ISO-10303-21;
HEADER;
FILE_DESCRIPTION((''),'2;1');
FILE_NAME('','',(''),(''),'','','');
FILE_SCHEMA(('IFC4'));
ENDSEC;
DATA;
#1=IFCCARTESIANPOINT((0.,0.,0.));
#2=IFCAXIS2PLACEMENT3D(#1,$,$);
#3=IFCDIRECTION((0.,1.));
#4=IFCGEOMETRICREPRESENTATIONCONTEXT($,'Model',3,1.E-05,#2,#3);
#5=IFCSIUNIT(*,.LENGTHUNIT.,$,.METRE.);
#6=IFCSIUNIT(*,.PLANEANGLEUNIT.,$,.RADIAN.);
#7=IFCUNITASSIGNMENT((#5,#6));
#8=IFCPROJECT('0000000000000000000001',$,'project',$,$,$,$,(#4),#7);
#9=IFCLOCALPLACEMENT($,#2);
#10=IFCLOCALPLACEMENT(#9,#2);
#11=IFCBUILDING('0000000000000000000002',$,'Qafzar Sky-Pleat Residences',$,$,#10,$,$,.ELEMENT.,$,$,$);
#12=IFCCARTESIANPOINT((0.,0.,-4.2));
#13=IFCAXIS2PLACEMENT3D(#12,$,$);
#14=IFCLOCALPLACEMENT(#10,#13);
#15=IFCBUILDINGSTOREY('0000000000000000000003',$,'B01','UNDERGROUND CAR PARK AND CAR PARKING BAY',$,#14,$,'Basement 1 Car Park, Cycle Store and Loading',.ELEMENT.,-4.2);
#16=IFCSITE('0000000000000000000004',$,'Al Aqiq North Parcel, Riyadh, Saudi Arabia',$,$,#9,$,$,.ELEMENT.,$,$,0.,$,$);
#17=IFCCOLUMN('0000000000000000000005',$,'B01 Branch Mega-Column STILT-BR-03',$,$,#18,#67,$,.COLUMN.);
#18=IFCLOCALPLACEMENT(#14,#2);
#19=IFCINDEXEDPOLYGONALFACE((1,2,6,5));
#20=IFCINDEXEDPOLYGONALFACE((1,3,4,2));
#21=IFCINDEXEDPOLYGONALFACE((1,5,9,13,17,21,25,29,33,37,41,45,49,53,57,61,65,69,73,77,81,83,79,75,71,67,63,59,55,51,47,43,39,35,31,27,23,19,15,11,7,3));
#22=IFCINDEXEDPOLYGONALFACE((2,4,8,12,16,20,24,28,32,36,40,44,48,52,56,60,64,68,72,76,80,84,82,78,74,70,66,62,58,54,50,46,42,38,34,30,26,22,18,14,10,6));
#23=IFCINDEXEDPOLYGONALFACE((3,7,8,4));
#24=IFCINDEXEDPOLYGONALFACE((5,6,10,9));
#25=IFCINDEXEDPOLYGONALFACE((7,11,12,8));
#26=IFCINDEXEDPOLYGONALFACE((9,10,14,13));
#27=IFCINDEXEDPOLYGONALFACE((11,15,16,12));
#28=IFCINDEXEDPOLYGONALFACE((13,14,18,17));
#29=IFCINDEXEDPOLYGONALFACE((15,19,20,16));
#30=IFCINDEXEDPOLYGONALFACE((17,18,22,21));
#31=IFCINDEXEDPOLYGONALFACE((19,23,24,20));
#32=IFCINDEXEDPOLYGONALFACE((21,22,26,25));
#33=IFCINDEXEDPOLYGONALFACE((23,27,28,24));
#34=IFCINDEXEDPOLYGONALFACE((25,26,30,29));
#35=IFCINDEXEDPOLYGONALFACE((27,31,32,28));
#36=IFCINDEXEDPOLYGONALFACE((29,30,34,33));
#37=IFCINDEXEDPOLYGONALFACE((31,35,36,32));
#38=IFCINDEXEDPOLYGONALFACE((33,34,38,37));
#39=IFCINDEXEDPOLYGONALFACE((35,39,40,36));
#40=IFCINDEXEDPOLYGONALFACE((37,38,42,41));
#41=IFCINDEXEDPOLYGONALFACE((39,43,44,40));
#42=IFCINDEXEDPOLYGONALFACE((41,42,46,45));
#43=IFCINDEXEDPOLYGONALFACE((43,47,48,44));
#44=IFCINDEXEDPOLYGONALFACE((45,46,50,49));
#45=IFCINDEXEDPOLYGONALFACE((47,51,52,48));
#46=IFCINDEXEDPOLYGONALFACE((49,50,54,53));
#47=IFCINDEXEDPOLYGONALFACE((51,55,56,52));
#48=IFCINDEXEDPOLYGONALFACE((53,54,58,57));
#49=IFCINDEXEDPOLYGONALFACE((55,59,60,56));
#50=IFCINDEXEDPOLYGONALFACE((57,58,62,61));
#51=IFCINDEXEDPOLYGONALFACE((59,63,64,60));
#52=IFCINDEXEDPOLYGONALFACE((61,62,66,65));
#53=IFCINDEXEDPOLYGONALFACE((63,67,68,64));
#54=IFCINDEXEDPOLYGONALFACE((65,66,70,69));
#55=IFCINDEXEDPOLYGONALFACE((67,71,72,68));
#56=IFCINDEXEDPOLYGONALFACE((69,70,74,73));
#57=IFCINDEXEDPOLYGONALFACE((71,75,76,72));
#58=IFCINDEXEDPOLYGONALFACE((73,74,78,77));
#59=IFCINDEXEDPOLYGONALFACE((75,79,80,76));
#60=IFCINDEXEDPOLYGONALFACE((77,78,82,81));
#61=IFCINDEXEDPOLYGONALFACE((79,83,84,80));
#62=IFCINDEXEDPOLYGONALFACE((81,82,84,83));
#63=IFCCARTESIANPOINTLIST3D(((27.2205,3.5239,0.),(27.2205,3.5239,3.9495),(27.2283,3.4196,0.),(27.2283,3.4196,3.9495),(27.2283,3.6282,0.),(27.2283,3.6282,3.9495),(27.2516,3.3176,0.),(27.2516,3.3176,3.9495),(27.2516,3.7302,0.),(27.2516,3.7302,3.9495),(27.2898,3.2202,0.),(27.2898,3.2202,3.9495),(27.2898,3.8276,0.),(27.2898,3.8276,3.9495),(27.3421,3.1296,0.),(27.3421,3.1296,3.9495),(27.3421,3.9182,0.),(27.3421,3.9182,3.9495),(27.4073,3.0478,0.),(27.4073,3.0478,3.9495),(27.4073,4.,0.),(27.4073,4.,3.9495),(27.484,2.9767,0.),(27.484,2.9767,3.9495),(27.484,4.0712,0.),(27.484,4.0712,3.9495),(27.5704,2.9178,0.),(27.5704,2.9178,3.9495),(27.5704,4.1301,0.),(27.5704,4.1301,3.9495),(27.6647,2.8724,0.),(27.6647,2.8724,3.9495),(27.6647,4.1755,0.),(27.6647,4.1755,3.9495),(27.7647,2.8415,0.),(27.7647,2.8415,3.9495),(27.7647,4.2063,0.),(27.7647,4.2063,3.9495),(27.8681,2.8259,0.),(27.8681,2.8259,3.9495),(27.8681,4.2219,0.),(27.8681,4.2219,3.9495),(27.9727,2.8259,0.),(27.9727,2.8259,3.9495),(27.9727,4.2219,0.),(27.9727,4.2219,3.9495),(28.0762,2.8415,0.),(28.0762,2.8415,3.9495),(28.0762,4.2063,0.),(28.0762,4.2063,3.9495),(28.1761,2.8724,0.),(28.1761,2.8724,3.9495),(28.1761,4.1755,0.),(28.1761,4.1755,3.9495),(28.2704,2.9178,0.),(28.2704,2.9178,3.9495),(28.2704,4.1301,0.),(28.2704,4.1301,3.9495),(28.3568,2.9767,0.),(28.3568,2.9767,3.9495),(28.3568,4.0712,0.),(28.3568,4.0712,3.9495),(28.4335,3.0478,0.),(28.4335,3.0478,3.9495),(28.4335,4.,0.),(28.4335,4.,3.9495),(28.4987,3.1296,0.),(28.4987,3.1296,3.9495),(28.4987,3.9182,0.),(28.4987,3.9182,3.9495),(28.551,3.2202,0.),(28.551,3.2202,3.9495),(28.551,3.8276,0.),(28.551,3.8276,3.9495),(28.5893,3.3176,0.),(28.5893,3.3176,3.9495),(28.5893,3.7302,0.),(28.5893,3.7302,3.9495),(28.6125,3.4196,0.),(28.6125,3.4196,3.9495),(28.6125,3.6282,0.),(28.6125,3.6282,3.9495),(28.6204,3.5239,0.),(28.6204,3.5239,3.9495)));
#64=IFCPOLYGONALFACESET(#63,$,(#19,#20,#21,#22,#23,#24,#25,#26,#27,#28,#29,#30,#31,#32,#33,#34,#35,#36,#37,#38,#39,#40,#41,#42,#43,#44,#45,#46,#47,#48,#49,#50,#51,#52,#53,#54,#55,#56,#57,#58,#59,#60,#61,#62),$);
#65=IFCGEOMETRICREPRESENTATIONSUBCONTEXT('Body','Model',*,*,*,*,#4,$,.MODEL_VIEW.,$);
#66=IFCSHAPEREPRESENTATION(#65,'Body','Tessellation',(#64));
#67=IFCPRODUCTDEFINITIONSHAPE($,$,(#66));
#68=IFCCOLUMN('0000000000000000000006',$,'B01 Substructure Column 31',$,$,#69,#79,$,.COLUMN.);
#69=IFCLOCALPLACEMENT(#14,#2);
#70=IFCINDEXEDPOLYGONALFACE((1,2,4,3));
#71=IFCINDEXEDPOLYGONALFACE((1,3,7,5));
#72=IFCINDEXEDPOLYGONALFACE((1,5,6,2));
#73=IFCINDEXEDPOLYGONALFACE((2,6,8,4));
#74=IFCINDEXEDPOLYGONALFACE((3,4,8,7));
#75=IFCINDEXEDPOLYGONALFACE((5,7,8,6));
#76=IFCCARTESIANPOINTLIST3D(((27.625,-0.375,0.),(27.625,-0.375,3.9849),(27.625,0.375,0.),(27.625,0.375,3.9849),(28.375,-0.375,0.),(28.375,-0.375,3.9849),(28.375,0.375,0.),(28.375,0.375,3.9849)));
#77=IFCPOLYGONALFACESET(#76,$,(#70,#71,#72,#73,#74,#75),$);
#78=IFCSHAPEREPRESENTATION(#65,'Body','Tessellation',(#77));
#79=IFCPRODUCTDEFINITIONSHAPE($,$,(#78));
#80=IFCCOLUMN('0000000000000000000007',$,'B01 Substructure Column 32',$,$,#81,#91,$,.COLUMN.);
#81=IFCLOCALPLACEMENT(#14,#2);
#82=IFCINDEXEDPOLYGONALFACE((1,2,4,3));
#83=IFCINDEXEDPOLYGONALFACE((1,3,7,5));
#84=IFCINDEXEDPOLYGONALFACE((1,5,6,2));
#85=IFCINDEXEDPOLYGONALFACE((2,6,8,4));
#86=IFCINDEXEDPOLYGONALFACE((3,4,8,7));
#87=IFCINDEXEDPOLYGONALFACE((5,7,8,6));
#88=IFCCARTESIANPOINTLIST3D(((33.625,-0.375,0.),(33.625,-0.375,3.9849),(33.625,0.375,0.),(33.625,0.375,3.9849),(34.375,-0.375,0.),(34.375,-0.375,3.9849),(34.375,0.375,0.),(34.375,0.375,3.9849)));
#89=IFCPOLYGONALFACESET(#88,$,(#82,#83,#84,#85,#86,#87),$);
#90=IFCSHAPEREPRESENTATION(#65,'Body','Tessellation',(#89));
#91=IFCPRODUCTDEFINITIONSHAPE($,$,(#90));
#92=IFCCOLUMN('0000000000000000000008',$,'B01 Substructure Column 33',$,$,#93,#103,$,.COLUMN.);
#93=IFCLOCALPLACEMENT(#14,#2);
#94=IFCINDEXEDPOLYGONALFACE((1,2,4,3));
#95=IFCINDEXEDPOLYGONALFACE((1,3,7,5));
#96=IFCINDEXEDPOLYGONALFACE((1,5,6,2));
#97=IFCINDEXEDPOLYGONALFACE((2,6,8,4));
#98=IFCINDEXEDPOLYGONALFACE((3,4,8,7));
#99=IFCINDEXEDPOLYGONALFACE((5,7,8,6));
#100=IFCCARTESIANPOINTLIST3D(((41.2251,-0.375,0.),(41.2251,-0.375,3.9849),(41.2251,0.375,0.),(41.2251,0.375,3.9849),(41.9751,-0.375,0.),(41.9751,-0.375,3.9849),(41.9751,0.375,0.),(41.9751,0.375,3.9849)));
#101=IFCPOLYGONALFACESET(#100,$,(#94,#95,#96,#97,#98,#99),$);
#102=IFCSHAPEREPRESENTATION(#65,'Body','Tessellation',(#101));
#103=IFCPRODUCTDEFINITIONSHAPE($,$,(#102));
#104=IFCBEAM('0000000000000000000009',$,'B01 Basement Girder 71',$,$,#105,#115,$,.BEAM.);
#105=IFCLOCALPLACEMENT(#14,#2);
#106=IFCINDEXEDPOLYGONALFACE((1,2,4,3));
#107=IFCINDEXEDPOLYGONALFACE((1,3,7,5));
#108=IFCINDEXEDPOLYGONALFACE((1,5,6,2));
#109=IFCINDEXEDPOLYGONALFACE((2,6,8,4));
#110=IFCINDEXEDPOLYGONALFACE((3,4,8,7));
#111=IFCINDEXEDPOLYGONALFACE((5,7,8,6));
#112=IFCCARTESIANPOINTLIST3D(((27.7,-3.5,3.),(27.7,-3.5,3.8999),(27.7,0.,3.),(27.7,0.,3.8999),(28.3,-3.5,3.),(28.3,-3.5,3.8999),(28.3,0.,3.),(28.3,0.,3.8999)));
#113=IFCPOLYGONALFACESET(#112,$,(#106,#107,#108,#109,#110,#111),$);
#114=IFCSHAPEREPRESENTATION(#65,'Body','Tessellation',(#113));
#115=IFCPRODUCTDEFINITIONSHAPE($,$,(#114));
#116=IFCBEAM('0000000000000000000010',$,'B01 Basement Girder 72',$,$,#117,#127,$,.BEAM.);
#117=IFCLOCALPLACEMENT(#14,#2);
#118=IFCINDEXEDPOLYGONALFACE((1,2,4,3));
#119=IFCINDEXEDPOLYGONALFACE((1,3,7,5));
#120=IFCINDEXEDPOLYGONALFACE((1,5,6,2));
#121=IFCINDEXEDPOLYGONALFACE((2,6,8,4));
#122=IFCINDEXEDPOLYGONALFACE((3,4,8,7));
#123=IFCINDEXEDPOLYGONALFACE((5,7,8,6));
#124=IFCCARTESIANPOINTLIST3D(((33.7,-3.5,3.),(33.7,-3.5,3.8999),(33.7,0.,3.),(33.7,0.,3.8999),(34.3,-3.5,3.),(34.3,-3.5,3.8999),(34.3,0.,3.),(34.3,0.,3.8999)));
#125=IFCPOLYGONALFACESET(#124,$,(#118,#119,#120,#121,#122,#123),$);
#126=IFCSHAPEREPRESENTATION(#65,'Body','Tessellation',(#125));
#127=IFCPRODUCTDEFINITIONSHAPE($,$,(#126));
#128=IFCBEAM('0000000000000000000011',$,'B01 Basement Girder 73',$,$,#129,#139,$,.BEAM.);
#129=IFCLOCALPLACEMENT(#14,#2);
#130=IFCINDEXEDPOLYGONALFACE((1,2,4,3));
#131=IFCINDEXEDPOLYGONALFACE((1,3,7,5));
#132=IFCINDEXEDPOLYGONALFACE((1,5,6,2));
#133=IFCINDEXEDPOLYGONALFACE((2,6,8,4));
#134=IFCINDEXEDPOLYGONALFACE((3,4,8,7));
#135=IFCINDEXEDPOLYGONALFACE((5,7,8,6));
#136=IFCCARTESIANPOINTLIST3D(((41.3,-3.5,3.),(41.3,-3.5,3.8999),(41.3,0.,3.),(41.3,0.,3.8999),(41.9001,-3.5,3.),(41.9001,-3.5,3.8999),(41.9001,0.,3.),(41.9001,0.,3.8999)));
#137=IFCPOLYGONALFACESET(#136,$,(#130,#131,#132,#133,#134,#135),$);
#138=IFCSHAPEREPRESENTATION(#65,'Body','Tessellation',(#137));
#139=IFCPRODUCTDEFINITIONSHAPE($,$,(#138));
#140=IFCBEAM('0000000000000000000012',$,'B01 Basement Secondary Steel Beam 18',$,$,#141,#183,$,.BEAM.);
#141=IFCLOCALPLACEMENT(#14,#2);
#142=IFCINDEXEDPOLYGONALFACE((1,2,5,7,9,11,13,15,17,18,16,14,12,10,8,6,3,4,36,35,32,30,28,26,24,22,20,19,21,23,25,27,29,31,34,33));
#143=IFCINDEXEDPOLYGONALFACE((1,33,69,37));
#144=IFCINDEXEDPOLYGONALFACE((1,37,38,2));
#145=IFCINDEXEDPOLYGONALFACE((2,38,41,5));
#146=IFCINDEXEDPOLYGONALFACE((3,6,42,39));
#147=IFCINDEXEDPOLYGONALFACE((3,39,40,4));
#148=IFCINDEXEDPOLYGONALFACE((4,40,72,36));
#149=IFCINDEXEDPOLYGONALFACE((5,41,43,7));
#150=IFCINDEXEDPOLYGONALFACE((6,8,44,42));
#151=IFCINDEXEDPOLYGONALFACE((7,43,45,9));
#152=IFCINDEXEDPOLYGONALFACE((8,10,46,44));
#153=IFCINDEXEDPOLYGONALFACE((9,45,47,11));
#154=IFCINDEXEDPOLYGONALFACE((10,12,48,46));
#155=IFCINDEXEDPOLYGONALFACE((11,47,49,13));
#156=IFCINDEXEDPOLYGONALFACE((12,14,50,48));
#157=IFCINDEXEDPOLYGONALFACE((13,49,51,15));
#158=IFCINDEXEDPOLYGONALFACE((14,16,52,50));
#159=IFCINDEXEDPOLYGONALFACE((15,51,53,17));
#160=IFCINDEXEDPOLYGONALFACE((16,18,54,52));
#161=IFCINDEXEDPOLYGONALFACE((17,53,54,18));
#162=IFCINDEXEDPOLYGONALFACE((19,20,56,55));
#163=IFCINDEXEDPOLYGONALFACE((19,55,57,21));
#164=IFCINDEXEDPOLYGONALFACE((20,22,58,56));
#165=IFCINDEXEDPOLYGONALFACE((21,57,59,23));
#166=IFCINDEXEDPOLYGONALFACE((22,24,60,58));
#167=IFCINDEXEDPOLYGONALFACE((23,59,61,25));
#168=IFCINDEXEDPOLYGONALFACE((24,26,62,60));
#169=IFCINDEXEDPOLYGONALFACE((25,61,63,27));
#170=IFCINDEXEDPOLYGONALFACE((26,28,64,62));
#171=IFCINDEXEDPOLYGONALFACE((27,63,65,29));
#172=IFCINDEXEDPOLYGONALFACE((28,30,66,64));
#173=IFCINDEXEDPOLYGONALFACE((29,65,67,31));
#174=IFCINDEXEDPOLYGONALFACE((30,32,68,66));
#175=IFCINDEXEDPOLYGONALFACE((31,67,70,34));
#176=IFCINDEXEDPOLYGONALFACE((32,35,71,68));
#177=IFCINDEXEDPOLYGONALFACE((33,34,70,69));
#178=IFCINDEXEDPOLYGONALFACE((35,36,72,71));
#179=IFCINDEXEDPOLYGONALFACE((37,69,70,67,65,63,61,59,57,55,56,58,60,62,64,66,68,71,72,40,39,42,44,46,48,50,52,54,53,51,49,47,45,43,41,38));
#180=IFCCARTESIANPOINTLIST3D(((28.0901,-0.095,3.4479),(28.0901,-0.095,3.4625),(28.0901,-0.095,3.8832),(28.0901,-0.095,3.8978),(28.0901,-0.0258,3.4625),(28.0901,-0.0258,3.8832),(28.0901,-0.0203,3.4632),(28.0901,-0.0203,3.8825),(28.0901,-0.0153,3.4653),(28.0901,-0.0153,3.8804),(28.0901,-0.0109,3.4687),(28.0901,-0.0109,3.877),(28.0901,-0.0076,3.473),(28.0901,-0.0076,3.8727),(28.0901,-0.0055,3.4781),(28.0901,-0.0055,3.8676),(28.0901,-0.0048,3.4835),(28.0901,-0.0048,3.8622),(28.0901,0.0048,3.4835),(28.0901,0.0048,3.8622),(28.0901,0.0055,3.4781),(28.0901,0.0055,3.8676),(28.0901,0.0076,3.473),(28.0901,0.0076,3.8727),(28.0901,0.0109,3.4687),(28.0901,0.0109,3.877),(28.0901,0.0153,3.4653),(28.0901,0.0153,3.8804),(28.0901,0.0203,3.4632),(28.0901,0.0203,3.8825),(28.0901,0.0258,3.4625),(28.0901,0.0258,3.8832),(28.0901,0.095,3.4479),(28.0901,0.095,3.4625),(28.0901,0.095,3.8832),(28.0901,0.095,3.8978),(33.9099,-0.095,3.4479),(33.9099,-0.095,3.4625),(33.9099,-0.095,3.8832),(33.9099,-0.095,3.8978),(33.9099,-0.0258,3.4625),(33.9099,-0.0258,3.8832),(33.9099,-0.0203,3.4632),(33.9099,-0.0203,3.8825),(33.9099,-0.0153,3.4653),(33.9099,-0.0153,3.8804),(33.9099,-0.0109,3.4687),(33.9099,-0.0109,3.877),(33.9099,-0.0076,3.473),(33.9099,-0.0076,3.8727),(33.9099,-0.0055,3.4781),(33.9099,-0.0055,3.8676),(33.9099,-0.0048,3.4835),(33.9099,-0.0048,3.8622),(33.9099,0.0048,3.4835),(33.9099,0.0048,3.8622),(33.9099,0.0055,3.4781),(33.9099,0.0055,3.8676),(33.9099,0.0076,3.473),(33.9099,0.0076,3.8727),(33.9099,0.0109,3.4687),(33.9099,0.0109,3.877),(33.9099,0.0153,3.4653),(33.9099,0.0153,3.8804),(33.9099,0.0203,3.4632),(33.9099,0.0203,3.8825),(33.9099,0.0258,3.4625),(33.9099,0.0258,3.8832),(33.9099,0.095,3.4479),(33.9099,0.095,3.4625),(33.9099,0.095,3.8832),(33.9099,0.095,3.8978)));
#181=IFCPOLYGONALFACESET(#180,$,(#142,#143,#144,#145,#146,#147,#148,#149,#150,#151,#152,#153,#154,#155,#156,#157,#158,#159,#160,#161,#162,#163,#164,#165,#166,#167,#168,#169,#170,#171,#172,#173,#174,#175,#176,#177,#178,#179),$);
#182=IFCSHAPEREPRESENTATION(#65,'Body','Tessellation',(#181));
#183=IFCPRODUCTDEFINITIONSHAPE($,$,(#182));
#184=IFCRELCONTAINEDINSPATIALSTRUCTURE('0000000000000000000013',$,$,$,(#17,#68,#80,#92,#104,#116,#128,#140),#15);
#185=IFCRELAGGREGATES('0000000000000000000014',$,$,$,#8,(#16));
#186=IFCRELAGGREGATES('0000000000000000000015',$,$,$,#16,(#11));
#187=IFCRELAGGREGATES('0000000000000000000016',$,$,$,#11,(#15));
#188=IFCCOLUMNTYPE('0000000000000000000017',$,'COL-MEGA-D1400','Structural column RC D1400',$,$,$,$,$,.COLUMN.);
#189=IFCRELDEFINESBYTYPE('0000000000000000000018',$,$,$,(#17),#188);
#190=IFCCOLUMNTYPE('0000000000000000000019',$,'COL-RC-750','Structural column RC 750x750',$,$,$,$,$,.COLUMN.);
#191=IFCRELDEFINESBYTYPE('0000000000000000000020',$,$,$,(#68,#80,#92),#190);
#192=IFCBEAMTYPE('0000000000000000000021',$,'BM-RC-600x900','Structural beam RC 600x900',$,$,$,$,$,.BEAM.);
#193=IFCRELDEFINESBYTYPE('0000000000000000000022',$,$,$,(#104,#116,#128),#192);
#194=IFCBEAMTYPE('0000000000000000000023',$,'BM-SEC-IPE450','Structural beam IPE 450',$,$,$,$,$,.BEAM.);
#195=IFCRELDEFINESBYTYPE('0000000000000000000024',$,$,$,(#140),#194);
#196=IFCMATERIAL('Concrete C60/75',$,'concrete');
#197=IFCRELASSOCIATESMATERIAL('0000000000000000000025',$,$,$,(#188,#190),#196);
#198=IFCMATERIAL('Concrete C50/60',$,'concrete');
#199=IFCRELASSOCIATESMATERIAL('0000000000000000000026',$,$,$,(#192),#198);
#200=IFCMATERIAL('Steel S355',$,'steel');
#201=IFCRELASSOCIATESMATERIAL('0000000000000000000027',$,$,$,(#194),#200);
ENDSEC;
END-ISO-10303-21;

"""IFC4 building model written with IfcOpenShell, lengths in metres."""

from ifc_helpers import new_model, si_unit, direction, frame, origin, origin_2d, place, context, subcontext, project, spatial, rectangle, circle, i_section, extrude, source, transform, mapped, material, material_profile, profile_set, type_object, element, save


model = new_model("IFC4")

# Units and contexts
model_context = context("Model", 3, precision=1e-05, world=origin(), true_north=direction((0.0, 1.0)))
body_context = subcontext(model_context, "Body", "Model", "MODEL_VIEW")
ifc_project = project(units=[si_unit("LENGTHUNIT", "METRE"), si_unit("PLANEANGLEUNIT", "RADIAN")], contexts=[model_context])

# Site, building, storey
site_placement = place(None, origin())
site = spatial("IfcSite", under=ifc_project, at=site_placement, Name="Al Aqiq North Parcel, Riyadh, Saudi Arabia", CompositionType="ELEMENT", RefElevation=0.0)
building_placement = place(site_placement, origin())
building = spatial("IfcBuilding", under=site, at=building_placement, Name="Qafzar Sky-Pleat Residences", CompositionType="ELEMENT")
storey_placement = place(building_placement, frame((0.0, 0.0, -4.2)))
storey = spatial("IfcBuildingStorey", under=building, at=storey_placement, Name="B01", Description="UNDERGROUND CAR PARK AND CAR PARKING BAY", LongName="Basement 1 Car Park, Cycle Store and Loading", CompositionType="ELEMENT", Elevation=-4.2)

# Columns
ifc_material_1 = material(Name="Concrete C60/75", Category="concrete")
ifc_material_profile_1 = material_profile(ifc_material_1, circle(Radius=0.7, at=origin_2d()), Name="RC D1400")
ifc_profile_set_1 = profile_set([ifc_material_profile_1], Name="Concrete C60/75")
column_type_1 = type_object("IfcColumnType", Name="COL-MEGA-D1400", Description="Structural column RC D1400", PredefinedType="COLUMN", material=ifc_profile_set_1)
shared_shape_1 = source(origin(), body_context, "Body", "SweptSolid", [
    extrude(circle(Radius=0.7, at=origin_2d()), origin(), (0.0, 0.0, 1.0), 3.9495),
])
column_1_placement = place(storey_placement, frame((27.9204, 3.5239, 0.0), z_axis=(0.0, 0.0, 1.0), x_axis=(1.0, 0.0, 0.0)))
element("IfcColumn", 1, at=column_1_placement, inside=storey, type_object=column_type_1, Name="B01 Branch Mega-Column STILT-BR-03", PredefinedType="COLUMN", context=body_context, shape_type="MappedRepresentation", body=[
    mapped(shared_shape_1, transform((0.0, 0.0, 0.0), x_axis=(1.0, 0.0, 0.0), y_axis=(0.0, 1.0, 0.0), z_axis=(0.0, 0.0, 1.0), scale=1.0)),
])
ifc_material_profile_2 = material_profile(ifc_material_1, rectangle(XDim=0.75, YDim=0.75, at=origin_2d()), Name="RC 750x750")
ifc_profile_set_2 = profile_set([ifc_material_profile_2], Name="Concrete C60/75")
column_type_2 = type_object("IfcColumnType", Name="COL-RC-750", Description="Structural column RC 750x750", PredefinedType="COLUMN", material=ifc_profile_set_2)
shared_shape_2 = source(origin(), body_context, "Body", "SweptSolid", [
    extrude(rectangle(XDim=0.75, YDim=0.75, at=origin_2d()), origin(), (0.0, 0.0, 1.0), 3.9849),
])
for number, where, z_axis, x_axis, name in (
    (2, (28.0, 0.0, 0.0), (0.0, 0.0, 1.0), (1.0, 0.0, 0.0), "B01 Substructure Column 31"),
    (3, (34.0, 0.0, 0.0), (0.0, 0.0, 1.0), (1.0, 0.0, 0.0), "B01 Substructure Column 32"),
    (4, (41.6001, 0.0, 0.0), (0.0, 0.0, 1.0), (1.0, 0.0, 0.0), "B01 Substructure Column 33"),
):
    element("IfcColumn", number, at=place(storey_placement, frame(where, z_axis=z_axis, x_axis=x_axis)), inside=storey, type_object=column_type_2, Name=name, PredefinedType="COLUMN", context=body_context, shape_type="MappedRepresentation", body=[
        mapped(shared_shape_2, transform((0.0, 0.0, 0.0), x_axis=(1.0, 0.0, 0.0), y_axis=(0.0, 1.0, 0.0), z_axis=(0.0, 0.0, 1.0), scale=1.0)),
    ])

# Beams
ifc_material_2 = material(Name="Concrete C50/60", Category="concrete")
ifc_material_profile_3 = material_profile(ifc_material_2, rectangle(XDim=0.6001, YDim=0.8999, at=origin_2d()), Name="RC 600x900")
ifc_profile_set_3 = profile_set([ifc_material_profile_3], Name="Concrete C50/60")
beam_type_1 = type_object("IfcBeamType", Name="BM-RC-600x900", Description="Structural beam RC 600x900", PredefinedType="BEAM", material=ifc_profile_set_3)
shared_shape_3 = source(origin(), body_context, "Body", "SweptSolid", [
    extrude(rectangle(XDim=0.6001, YDim=0.8999, at=origin_2d()), origin(), (0.0, 0.0, 1.0), 3.5),
])
for number, where, z_axis, x_axis, name in (
    (5, (28.0, -3.5, 3.45), (0.0, 1.0, 0.0), (-1.0, 0.0, 0.0), "B01 Basement Girder 71"),
    (6, (34.0, -3.5, 3.45), (0.0, 1.0, 0.0), (-1.0, 0.0, 0.0), "B01 Basement Girder 72"),
    (7, (41.6001, -3.5, 3.45), (0.0, 1.0, 0.0), (-1.0, 0.0, 0.0), "B01 Basement Girder 73"),
):
    element("IfcBeam", number, at=place(storey_placement, frame(where, z_axis=z_axis, x_axis=x_axis)), inside=storey, type_object=beam_type_1, Name=name, PredefinedType="BEAM", context=body_context, shape_type="MappedRepresentation", body=[
        mapped(shared_shape_3, transform((0.0, 0.0, 0.0), x_axis=(1.0, 0.0, 0.0), y_axis=(0.0, 1.0, 0.0), z_axis=(0.0, 0.0, 1.0), scale=1.0)),
    ])
ifc_material_3 = material(Name="Steel S355", Category="steel")
ifc_material_profile_4 = material_profile(ifc_material_3, i_section(OverallWidth=0.1899, OverallDepth=0.45, WebThickness=0.0095, FlangeThickness=0.0146, FilletRadius=0.021, at=origin_2d()), Name="IPE 450")
ifc_profile_set_4 = profile_set([ifc_material_profile_4], Name="Steel S355")
beam_type_2 = type_object("IfcBeamType", Name="BM-SEC-IPE450", Description="Structural beam IPE 450", PredefinedType="BEAM", material=ifc_profile_set_4)
shared_shape_4 = source(origin(), body_context, "Body", "SweptSolid", [
    extrude(i_section(OverallWidth=0.1899, OverallDepth=0.45, WebThickness=0.0095, FlangeThickness=0.0146, FilletRadius=0.021, at=origin_2d()), origin(), (0.0, 0.0, 1.0), 5.8198),
])
beam_1_placement = place(storey_placement, frame((28.0901, 0.0, 3.6729), z_axis=(1.0, 0.0, 0.0), x_axis=(0.0, 1.0, 0.0)))
element("IfcBeam", 8, at=beam_1_placement, inside=storey, type_object=beam_type_2, Name="B01 Basement Secondary Steel Beam 18", PredefinedType="BEAM", context=body_context, shape_type="MappedRepresentation", body=[
    mapped(shared_shape_4, transform((0.0, 0.0, 0.0), x_axis=(1.0, 0.0, 0.0), y_axis=(0.0, 1.0, 0.0), z_axis=(0.0, 0.0, 1.0), scale=1.0)),
])

save(model, "model.ifc")
